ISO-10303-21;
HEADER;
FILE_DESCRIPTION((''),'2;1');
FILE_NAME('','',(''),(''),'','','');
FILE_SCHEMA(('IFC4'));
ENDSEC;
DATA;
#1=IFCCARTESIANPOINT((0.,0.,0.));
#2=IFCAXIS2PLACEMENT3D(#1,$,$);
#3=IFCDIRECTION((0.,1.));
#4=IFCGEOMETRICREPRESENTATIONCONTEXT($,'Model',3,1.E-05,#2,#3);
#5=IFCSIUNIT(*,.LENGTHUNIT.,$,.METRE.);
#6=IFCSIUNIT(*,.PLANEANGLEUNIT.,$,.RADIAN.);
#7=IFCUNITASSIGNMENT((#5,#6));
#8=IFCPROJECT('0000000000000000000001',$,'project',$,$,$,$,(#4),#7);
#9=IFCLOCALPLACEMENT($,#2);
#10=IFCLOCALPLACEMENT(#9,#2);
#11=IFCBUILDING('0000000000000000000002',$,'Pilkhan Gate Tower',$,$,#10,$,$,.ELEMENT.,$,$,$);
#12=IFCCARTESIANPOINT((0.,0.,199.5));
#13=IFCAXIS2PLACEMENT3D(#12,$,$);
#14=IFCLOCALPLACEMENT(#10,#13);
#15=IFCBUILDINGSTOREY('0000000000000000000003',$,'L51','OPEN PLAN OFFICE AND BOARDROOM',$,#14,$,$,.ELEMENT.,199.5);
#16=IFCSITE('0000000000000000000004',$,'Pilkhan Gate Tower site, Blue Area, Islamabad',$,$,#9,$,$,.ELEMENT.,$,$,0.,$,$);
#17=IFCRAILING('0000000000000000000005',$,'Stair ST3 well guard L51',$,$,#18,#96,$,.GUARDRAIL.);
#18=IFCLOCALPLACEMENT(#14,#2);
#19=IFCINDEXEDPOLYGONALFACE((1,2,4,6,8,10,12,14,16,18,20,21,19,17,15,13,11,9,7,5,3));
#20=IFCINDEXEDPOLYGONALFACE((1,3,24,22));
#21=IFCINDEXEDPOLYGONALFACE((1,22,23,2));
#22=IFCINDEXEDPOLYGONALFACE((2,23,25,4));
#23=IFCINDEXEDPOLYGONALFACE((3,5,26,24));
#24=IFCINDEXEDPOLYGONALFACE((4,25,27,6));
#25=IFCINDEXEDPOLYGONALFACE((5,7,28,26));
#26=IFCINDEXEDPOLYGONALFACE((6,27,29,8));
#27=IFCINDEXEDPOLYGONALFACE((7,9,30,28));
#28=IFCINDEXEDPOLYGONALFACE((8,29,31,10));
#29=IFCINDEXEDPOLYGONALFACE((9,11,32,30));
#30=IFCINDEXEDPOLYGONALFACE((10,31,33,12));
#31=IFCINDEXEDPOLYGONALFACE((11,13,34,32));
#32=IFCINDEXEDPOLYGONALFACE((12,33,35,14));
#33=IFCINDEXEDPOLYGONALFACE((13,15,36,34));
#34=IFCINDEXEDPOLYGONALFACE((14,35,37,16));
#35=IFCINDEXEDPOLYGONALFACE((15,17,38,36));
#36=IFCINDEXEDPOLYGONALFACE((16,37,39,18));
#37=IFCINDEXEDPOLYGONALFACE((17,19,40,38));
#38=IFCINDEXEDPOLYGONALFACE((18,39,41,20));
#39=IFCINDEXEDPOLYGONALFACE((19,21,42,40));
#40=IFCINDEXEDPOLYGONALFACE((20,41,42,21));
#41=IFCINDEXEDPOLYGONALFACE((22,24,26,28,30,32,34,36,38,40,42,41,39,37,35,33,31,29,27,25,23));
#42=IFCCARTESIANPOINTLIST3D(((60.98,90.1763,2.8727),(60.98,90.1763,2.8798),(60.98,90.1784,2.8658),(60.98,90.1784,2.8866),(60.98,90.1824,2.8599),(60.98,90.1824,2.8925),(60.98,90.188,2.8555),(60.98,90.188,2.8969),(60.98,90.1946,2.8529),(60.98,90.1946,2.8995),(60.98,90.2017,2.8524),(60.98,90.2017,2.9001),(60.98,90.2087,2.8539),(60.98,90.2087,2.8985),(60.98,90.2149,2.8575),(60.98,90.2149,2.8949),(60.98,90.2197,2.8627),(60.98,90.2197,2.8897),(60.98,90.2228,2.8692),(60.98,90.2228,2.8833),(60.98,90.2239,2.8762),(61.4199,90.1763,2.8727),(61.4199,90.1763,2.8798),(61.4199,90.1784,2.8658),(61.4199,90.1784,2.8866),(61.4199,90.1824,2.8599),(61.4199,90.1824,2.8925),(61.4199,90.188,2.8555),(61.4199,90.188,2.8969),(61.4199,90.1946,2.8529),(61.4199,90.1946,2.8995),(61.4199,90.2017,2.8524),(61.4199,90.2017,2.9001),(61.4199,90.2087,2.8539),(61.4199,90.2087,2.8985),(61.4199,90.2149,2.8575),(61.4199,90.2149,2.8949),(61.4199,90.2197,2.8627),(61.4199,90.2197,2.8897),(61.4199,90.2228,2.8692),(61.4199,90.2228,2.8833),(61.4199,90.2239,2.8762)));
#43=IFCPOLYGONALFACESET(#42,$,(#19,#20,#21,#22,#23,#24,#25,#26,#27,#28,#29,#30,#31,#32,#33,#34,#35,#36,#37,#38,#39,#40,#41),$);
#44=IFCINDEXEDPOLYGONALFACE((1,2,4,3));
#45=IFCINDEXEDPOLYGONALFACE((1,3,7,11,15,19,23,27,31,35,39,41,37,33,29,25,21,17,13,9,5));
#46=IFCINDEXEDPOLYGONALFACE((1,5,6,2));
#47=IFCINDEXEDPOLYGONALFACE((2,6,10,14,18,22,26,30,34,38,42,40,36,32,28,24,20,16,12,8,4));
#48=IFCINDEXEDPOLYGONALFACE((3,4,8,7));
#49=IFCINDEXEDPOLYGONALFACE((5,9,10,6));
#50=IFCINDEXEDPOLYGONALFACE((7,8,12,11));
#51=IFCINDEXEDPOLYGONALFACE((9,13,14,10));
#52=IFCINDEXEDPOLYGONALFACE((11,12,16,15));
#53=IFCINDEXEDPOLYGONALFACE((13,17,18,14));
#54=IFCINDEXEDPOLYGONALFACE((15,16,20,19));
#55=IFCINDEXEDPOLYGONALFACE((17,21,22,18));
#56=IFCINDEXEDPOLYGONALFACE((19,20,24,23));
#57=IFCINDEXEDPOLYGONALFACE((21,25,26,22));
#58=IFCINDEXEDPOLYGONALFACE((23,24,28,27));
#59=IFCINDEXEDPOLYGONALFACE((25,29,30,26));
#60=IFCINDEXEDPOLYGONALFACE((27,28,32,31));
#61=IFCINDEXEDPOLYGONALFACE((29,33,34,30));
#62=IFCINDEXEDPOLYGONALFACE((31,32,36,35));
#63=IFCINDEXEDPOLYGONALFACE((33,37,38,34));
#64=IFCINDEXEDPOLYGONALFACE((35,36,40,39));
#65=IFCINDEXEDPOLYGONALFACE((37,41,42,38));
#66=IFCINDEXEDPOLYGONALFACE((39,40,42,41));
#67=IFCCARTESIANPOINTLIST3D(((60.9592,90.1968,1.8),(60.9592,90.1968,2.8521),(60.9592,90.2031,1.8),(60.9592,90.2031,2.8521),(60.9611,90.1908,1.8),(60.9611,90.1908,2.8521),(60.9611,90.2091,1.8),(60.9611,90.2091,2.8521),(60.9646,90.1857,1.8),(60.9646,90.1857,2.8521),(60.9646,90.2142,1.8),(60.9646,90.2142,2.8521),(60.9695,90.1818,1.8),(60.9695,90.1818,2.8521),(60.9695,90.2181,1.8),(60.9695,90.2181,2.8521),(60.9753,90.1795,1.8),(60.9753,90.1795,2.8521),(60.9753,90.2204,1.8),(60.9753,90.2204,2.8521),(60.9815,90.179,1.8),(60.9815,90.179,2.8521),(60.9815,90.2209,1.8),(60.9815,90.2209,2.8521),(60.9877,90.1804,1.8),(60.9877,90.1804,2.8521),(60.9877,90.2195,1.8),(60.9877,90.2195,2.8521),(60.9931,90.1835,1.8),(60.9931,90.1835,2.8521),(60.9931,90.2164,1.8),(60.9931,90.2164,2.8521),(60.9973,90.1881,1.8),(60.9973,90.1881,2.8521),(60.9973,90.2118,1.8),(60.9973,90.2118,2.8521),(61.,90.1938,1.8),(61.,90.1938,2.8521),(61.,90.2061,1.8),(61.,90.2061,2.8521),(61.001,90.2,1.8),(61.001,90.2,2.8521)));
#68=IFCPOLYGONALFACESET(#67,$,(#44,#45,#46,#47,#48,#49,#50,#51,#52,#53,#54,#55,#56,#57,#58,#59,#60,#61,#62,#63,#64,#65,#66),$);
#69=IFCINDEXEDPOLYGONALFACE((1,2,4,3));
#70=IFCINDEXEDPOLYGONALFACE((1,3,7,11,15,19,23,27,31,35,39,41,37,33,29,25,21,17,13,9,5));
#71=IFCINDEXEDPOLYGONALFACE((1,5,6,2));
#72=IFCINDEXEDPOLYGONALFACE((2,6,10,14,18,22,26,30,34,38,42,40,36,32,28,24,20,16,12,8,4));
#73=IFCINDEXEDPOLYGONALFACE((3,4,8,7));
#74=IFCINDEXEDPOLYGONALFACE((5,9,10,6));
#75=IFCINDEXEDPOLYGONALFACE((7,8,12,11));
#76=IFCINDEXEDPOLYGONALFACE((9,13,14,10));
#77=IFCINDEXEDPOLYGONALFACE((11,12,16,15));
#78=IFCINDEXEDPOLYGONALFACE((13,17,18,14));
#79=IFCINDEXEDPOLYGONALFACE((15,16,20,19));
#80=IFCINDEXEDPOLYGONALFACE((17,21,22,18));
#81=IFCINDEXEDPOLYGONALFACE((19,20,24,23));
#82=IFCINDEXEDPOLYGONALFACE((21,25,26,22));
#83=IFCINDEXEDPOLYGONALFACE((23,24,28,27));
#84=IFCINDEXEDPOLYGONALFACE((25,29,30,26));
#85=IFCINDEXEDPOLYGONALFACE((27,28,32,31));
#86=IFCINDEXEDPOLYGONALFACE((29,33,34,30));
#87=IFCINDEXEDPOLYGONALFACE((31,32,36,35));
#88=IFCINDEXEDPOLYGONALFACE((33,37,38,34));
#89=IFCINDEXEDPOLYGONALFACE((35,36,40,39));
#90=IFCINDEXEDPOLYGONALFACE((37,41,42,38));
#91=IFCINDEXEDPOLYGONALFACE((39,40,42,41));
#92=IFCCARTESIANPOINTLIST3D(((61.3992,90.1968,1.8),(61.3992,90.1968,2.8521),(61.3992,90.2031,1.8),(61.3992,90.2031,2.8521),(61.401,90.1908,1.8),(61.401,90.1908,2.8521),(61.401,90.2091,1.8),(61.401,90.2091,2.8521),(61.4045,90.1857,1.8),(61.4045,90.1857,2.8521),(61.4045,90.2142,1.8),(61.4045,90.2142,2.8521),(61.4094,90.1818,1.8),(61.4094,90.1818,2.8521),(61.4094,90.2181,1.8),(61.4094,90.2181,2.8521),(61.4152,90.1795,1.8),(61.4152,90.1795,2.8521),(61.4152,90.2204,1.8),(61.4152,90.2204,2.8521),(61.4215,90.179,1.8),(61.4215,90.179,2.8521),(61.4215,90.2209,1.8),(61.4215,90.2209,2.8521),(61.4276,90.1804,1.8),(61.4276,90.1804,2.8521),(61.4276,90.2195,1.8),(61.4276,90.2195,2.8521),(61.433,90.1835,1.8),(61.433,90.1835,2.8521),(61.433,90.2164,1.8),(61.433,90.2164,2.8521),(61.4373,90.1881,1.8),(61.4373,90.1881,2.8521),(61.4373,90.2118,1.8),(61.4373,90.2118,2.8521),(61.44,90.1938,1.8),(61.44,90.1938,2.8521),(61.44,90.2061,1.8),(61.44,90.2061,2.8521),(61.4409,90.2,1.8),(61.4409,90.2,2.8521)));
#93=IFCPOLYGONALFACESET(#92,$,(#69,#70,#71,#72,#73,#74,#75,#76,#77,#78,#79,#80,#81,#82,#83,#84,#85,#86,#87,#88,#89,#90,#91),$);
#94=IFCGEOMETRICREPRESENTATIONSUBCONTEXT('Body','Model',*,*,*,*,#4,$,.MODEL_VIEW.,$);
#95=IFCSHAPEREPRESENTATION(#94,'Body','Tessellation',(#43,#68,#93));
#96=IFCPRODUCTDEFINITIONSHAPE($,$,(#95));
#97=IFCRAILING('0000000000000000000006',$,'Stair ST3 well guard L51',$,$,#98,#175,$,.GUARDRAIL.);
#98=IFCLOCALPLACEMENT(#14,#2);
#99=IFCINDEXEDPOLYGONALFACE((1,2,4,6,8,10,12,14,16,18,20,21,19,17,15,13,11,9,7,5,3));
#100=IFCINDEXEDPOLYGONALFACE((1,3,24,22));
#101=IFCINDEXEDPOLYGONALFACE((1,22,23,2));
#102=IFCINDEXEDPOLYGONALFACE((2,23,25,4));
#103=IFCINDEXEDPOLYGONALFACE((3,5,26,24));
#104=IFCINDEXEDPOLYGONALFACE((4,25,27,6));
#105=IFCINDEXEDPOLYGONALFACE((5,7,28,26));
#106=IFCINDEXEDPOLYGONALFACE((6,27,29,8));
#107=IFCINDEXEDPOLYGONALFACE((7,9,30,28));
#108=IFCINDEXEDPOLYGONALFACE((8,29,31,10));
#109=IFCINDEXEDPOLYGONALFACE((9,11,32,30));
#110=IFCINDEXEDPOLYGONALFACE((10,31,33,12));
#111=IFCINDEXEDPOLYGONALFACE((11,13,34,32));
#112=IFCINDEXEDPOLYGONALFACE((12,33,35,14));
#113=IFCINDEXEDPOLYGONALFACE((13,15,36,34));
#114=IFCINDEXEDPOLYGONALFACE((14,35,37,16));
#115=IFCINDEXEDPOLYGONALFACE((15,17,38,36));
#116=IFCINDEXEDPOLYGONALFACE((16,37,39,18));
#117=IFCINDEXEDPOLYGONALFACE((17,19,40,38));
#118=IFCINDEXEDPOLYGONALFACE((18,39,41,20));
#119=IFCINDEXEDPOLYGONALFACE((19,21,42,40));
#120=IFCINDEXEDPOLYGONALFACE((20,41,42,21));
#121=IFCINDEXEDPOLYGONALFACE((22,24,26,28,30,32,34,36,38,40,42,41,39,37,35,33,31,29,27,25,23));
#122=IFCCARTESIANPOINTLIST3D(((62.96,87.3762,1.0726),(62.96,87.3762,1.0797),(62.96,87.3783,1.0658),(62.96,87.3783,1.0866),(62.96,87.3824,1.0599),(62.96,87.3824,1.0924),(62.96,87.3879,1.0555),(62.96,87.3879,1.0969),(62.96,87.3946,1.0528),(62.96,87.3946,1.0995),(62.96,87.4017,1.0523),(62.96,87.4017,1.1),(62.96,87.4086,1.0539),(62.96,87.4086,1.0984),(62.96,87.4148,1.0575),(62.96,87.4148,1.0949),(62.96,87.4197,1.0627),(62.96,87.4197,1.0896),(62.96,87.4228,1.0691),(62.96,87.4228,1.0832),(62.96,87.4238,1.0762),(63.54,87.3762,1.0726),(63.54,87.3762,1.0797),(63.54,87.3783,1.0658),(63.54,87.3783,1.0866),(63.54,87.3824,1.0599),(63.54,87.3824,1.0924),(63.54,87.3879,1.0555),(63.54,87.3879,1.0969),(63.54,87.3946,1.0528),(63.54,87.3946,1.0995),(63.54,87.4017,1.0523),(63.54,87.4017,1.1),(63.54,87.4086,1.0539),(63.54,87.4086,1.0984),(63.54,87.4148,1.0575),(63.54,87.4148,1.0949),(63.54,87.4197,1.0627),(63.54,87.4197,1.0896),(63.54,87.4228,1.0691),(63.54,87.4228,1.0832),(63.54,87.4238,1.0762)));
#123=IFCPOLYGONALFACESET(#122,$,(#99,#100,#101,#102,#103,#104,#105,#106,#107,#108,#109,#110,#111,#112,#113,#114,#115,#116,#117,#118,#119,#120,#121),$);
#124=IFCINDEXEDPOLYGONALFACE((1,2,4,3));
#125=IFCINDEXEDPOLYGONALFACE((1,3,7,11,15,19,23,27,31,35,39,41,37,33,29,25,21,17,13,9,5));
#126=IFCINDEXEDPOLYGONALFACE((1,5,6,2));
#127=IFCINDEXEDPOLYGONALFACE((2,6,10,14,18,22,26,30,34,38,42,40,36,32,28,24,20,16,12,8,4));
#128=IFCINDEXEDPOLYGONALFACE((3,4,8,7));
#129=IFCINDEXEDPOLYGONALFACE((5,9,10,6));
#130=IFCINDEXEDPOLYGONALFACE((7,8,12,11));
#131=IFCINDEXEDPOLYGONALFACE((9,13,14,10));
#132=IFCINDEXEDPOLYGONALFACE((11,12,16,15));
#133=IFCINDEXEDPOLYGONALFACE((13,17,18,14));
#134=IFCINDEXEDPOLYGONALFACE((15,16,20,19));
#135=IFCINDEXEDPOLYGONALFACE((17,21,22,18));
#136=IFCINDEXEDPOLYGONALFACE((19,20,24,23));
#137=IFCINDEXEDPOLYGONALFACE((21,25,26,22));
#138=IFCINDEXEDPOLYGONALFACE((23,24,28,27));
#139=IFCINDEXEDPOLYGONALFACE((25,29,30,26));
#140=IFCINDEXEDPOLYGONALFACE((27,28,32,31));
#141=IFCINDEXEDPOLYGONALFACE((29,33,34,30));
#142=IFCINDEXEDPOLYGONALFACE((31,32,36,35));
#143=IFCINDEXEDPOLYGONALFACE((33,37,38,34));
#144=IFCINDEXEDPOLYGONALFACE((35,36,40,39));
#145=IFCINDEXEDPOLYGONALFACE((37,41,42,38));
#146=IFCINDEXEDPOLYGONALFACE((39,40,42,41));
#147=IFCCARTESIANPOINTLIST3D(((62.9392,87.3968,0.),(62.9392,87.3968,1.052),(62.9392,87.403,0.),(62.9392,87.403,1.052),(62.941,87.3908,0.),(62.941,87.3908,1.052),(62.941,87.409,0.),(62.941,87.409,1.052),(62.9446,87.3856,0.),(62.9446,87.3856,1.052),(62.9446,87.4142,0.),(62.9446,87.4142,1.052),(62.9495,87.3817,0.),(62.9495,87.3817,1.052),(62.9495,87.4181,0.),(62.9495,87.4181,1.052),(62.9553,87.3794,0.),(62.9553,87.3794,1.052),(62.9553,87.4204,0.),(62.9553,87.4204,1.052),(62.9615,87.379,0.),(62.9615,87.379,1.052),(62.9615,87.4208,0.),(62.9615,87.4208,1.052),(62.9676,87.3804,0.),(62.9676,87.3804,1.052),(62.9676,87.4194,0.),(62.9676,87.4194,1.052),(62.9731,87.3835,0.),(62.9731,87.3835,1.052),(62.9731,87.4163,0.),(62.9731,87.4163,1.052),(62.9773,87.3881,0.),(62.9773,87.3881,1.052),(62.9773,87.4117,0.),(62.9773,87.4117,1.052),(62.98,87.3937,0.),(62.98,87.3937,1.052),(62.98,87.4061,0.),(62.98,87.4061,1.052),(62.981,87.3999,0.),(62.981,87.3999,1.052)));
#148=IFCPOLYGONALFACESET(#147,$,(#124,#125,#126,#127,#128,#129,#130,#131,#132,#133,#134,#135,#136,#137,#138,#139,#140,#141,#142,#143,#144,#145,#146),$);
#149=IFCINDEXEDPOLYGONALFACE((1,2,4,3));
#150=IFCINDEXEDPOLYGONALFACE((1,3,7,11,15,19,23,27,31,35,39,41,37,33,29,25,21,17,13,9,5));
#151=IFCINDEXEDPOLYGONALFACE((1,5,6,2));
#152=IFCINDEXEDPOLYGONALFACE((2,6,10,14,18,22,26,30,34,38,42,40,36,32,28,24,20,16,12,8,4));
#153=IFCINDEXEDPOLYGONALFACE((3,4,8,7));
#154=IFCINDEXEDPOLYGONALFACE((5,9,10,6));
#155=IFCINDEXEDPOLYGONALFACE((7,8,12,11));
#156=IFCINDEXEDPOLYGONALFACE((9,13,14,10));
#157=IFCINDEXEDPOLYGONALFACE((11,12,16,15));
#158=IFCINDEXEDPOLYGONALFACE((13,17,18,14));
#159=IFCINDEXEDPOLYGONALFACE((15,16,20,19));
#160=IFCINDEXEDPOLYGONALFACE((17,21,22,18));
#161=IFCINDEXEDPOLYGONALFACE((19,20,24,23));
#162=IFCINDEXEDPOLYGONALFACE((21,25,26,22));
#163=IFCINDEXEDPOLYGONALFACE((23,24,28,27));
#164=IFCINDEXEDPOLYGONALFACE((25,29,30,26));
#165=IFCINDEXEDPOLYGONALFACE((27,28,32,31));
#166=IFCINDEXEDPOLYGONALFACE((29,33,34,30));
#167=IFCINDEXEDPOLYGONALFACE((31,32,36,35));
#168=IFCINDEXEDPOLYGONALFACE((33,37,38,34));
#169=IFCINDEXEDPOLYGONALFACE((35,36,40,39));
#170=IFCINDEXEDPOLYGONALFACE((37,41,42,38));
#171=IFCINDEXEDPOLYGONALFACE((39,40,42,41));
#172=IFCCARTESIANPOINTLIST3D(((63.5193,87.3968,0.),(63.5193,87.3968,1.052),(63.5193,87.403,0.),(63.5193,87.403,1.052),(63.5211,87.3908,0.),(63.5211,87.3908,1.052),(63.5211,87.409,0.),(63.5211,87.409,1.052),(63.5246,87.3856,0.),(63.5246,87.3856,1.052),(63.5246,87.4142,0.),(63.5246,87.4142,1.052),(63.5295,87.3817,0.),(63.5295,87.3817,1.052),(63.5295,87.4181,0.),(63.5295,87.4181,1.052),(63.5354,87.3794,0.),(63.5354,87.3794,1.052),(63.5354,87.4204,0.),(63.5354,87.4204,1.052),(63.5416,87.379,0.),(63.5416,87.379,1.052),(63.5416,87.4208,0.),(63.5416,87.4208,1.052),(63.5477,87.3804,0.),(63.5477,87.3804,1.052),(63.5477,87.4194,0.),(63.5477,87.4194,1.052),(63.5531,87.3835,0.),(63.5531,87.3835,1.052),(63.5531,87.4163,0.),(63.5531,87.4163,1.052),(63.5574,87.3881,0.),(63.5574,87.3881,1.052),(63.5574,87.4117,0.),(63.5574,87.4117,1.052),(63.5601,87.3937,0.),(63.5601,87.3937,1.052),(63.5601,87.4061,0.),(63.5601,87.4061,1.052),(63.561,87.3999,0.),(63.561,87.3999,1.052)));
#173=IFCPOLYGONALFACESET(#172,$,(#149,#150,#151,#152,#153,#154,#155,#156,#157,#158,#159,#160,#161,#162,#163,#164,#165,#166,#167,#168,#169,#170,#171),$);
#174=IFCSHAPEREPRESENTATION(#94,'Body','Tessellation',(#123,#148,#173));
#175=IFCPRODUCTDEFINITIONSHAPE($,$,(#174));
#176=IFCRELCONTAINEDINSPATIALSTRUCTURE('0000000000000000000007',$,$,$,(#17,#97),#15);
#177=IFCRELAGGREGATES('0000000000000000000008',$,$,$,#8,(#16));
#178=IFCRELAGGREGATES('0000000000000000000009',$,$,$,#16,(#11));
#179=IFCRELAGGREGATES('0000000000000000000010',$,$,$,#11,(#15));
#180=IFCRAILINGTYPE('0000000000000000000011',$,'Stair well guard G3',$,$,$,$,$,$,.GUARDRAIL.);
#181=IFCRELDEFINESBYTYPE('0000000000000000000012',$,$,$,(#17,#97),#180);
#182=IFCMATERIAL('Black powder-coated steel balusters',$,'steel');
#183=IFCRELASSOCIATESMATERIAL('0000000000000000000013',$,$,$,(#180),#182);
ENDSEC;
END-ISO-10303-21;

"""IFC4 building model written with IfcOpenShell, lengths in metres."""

from ifc_helpers import new_model, si_unit, direction, frame, origin, origin_2d, place, context, subcontext, project, spatial, circle, extrude, material, type_object, element, save


model = new_model("IFC4")

# Units and contexts
model_context = context("Model", 3, precision=1e-05, world=origin(), true_north=direction((0.0, 1.0)))
body_context = subcontext(model_context, "Body", "Model", "MODEL_VIEW")
ifc_project = project(units=[si_unit("LENGTHUNIT", "METRE"), si_unit("PLANEANGLEUNIT", "RADIAN")], contexts=[model_context])

# Site, building, storey
site_placement = place(None, origin())
site = spatial("IfcSite", under=ifc_project, at=site_placement, Name="Pilkhan Gate Tower site, Blue Area, Islamabad", CompositionType="ELEMENT", RefElevation=0.0)
building_placement = place(site_placement, origin())
building = spatial("IfcBuilding", under=site, at=building_placement, Name="Pilkhan Gate Tower", CompositionType="ELEMENT")
storey_placement = place(building_placement, frame((0.0, 0.0, 199.5)))
storey = spatial("IfcBuildingStorey", under=building, at=storey_placement, Name="L51", Description="OPEN PLAN OFFICE AND BOARDROOM", CompositionType="ELEMENT", Elevation=199.5)

# Railings
ifc_material_1 = material(Name="Black powder-coated steel balusters", Category="steel")
railing_type_1 = type_object("IfcRailingType", Name="Stair well guard G3", PredefinedType="GUARDRAIL", material=ifc_material_1)
railing_1_placement = place(storey_placement, frame((60.98, 90.2, 1.8)))
element("IfcRailing", 1, at=railing_1_placement, inside=storey, type_object=railing_type_1, Name="Stair ST3 well guard L51", PredefinedType="GUARDRAIL", context=body_context, shape_type="SweptSolid", body=[
    extrude(circle(Radius=0.0239, at=origin_2d()), frame((0.0, 0.0, 1.0762), z_axis=(1.0, 0.0, 0.0), x_axis=(0.0, 1.0, 0.0)), (0.0, 0.0, 1.0), 0.4399),
    extrude(circle(Radius=0.021, at=origin_2d()), origin(), (0.0, 0.0, 1.0), 1.052),
    extrude(circle(Radius=0.021, at=origin_2d()), frame((0.4399, 0.0, 0.0)), (0.0, 0.0, 1.0), 1.052),
])
for number, where, name in (
    (2, (62.96, 87.3999, 0.0), "Stair ST3 well guard L51"),
):
    element("IfcRailing", number, at=place(storey_placement, frame(where)), inside=storey, type_object=railing_type_1, Name=name, PredefinedType="GUARDRAIL", context=body_context, shape_type="SweptSolid", body=[
        extrude(circle(Radius=0.0239, at=origin_2d()), frame((0.0, 0.0, 1.0762), z_axis=(1.0, 0.0, 0.0), x_axis=(0.0, 1.0, 0.0)), (0.0, 0.0, 1.0), 0.5801),
        extrude(circle(Radius=0.021, at=origin_2d()), origin(), (0.0, 0.0, 1.0), 1.052),
        extrude(circle(Radius=0.021, at=origin_2d()), frame((0.5801, 0.0, 0.0)), (0.0, 0.0, 1.0), 1.052),
    ])

save(model, "model.ifc")
